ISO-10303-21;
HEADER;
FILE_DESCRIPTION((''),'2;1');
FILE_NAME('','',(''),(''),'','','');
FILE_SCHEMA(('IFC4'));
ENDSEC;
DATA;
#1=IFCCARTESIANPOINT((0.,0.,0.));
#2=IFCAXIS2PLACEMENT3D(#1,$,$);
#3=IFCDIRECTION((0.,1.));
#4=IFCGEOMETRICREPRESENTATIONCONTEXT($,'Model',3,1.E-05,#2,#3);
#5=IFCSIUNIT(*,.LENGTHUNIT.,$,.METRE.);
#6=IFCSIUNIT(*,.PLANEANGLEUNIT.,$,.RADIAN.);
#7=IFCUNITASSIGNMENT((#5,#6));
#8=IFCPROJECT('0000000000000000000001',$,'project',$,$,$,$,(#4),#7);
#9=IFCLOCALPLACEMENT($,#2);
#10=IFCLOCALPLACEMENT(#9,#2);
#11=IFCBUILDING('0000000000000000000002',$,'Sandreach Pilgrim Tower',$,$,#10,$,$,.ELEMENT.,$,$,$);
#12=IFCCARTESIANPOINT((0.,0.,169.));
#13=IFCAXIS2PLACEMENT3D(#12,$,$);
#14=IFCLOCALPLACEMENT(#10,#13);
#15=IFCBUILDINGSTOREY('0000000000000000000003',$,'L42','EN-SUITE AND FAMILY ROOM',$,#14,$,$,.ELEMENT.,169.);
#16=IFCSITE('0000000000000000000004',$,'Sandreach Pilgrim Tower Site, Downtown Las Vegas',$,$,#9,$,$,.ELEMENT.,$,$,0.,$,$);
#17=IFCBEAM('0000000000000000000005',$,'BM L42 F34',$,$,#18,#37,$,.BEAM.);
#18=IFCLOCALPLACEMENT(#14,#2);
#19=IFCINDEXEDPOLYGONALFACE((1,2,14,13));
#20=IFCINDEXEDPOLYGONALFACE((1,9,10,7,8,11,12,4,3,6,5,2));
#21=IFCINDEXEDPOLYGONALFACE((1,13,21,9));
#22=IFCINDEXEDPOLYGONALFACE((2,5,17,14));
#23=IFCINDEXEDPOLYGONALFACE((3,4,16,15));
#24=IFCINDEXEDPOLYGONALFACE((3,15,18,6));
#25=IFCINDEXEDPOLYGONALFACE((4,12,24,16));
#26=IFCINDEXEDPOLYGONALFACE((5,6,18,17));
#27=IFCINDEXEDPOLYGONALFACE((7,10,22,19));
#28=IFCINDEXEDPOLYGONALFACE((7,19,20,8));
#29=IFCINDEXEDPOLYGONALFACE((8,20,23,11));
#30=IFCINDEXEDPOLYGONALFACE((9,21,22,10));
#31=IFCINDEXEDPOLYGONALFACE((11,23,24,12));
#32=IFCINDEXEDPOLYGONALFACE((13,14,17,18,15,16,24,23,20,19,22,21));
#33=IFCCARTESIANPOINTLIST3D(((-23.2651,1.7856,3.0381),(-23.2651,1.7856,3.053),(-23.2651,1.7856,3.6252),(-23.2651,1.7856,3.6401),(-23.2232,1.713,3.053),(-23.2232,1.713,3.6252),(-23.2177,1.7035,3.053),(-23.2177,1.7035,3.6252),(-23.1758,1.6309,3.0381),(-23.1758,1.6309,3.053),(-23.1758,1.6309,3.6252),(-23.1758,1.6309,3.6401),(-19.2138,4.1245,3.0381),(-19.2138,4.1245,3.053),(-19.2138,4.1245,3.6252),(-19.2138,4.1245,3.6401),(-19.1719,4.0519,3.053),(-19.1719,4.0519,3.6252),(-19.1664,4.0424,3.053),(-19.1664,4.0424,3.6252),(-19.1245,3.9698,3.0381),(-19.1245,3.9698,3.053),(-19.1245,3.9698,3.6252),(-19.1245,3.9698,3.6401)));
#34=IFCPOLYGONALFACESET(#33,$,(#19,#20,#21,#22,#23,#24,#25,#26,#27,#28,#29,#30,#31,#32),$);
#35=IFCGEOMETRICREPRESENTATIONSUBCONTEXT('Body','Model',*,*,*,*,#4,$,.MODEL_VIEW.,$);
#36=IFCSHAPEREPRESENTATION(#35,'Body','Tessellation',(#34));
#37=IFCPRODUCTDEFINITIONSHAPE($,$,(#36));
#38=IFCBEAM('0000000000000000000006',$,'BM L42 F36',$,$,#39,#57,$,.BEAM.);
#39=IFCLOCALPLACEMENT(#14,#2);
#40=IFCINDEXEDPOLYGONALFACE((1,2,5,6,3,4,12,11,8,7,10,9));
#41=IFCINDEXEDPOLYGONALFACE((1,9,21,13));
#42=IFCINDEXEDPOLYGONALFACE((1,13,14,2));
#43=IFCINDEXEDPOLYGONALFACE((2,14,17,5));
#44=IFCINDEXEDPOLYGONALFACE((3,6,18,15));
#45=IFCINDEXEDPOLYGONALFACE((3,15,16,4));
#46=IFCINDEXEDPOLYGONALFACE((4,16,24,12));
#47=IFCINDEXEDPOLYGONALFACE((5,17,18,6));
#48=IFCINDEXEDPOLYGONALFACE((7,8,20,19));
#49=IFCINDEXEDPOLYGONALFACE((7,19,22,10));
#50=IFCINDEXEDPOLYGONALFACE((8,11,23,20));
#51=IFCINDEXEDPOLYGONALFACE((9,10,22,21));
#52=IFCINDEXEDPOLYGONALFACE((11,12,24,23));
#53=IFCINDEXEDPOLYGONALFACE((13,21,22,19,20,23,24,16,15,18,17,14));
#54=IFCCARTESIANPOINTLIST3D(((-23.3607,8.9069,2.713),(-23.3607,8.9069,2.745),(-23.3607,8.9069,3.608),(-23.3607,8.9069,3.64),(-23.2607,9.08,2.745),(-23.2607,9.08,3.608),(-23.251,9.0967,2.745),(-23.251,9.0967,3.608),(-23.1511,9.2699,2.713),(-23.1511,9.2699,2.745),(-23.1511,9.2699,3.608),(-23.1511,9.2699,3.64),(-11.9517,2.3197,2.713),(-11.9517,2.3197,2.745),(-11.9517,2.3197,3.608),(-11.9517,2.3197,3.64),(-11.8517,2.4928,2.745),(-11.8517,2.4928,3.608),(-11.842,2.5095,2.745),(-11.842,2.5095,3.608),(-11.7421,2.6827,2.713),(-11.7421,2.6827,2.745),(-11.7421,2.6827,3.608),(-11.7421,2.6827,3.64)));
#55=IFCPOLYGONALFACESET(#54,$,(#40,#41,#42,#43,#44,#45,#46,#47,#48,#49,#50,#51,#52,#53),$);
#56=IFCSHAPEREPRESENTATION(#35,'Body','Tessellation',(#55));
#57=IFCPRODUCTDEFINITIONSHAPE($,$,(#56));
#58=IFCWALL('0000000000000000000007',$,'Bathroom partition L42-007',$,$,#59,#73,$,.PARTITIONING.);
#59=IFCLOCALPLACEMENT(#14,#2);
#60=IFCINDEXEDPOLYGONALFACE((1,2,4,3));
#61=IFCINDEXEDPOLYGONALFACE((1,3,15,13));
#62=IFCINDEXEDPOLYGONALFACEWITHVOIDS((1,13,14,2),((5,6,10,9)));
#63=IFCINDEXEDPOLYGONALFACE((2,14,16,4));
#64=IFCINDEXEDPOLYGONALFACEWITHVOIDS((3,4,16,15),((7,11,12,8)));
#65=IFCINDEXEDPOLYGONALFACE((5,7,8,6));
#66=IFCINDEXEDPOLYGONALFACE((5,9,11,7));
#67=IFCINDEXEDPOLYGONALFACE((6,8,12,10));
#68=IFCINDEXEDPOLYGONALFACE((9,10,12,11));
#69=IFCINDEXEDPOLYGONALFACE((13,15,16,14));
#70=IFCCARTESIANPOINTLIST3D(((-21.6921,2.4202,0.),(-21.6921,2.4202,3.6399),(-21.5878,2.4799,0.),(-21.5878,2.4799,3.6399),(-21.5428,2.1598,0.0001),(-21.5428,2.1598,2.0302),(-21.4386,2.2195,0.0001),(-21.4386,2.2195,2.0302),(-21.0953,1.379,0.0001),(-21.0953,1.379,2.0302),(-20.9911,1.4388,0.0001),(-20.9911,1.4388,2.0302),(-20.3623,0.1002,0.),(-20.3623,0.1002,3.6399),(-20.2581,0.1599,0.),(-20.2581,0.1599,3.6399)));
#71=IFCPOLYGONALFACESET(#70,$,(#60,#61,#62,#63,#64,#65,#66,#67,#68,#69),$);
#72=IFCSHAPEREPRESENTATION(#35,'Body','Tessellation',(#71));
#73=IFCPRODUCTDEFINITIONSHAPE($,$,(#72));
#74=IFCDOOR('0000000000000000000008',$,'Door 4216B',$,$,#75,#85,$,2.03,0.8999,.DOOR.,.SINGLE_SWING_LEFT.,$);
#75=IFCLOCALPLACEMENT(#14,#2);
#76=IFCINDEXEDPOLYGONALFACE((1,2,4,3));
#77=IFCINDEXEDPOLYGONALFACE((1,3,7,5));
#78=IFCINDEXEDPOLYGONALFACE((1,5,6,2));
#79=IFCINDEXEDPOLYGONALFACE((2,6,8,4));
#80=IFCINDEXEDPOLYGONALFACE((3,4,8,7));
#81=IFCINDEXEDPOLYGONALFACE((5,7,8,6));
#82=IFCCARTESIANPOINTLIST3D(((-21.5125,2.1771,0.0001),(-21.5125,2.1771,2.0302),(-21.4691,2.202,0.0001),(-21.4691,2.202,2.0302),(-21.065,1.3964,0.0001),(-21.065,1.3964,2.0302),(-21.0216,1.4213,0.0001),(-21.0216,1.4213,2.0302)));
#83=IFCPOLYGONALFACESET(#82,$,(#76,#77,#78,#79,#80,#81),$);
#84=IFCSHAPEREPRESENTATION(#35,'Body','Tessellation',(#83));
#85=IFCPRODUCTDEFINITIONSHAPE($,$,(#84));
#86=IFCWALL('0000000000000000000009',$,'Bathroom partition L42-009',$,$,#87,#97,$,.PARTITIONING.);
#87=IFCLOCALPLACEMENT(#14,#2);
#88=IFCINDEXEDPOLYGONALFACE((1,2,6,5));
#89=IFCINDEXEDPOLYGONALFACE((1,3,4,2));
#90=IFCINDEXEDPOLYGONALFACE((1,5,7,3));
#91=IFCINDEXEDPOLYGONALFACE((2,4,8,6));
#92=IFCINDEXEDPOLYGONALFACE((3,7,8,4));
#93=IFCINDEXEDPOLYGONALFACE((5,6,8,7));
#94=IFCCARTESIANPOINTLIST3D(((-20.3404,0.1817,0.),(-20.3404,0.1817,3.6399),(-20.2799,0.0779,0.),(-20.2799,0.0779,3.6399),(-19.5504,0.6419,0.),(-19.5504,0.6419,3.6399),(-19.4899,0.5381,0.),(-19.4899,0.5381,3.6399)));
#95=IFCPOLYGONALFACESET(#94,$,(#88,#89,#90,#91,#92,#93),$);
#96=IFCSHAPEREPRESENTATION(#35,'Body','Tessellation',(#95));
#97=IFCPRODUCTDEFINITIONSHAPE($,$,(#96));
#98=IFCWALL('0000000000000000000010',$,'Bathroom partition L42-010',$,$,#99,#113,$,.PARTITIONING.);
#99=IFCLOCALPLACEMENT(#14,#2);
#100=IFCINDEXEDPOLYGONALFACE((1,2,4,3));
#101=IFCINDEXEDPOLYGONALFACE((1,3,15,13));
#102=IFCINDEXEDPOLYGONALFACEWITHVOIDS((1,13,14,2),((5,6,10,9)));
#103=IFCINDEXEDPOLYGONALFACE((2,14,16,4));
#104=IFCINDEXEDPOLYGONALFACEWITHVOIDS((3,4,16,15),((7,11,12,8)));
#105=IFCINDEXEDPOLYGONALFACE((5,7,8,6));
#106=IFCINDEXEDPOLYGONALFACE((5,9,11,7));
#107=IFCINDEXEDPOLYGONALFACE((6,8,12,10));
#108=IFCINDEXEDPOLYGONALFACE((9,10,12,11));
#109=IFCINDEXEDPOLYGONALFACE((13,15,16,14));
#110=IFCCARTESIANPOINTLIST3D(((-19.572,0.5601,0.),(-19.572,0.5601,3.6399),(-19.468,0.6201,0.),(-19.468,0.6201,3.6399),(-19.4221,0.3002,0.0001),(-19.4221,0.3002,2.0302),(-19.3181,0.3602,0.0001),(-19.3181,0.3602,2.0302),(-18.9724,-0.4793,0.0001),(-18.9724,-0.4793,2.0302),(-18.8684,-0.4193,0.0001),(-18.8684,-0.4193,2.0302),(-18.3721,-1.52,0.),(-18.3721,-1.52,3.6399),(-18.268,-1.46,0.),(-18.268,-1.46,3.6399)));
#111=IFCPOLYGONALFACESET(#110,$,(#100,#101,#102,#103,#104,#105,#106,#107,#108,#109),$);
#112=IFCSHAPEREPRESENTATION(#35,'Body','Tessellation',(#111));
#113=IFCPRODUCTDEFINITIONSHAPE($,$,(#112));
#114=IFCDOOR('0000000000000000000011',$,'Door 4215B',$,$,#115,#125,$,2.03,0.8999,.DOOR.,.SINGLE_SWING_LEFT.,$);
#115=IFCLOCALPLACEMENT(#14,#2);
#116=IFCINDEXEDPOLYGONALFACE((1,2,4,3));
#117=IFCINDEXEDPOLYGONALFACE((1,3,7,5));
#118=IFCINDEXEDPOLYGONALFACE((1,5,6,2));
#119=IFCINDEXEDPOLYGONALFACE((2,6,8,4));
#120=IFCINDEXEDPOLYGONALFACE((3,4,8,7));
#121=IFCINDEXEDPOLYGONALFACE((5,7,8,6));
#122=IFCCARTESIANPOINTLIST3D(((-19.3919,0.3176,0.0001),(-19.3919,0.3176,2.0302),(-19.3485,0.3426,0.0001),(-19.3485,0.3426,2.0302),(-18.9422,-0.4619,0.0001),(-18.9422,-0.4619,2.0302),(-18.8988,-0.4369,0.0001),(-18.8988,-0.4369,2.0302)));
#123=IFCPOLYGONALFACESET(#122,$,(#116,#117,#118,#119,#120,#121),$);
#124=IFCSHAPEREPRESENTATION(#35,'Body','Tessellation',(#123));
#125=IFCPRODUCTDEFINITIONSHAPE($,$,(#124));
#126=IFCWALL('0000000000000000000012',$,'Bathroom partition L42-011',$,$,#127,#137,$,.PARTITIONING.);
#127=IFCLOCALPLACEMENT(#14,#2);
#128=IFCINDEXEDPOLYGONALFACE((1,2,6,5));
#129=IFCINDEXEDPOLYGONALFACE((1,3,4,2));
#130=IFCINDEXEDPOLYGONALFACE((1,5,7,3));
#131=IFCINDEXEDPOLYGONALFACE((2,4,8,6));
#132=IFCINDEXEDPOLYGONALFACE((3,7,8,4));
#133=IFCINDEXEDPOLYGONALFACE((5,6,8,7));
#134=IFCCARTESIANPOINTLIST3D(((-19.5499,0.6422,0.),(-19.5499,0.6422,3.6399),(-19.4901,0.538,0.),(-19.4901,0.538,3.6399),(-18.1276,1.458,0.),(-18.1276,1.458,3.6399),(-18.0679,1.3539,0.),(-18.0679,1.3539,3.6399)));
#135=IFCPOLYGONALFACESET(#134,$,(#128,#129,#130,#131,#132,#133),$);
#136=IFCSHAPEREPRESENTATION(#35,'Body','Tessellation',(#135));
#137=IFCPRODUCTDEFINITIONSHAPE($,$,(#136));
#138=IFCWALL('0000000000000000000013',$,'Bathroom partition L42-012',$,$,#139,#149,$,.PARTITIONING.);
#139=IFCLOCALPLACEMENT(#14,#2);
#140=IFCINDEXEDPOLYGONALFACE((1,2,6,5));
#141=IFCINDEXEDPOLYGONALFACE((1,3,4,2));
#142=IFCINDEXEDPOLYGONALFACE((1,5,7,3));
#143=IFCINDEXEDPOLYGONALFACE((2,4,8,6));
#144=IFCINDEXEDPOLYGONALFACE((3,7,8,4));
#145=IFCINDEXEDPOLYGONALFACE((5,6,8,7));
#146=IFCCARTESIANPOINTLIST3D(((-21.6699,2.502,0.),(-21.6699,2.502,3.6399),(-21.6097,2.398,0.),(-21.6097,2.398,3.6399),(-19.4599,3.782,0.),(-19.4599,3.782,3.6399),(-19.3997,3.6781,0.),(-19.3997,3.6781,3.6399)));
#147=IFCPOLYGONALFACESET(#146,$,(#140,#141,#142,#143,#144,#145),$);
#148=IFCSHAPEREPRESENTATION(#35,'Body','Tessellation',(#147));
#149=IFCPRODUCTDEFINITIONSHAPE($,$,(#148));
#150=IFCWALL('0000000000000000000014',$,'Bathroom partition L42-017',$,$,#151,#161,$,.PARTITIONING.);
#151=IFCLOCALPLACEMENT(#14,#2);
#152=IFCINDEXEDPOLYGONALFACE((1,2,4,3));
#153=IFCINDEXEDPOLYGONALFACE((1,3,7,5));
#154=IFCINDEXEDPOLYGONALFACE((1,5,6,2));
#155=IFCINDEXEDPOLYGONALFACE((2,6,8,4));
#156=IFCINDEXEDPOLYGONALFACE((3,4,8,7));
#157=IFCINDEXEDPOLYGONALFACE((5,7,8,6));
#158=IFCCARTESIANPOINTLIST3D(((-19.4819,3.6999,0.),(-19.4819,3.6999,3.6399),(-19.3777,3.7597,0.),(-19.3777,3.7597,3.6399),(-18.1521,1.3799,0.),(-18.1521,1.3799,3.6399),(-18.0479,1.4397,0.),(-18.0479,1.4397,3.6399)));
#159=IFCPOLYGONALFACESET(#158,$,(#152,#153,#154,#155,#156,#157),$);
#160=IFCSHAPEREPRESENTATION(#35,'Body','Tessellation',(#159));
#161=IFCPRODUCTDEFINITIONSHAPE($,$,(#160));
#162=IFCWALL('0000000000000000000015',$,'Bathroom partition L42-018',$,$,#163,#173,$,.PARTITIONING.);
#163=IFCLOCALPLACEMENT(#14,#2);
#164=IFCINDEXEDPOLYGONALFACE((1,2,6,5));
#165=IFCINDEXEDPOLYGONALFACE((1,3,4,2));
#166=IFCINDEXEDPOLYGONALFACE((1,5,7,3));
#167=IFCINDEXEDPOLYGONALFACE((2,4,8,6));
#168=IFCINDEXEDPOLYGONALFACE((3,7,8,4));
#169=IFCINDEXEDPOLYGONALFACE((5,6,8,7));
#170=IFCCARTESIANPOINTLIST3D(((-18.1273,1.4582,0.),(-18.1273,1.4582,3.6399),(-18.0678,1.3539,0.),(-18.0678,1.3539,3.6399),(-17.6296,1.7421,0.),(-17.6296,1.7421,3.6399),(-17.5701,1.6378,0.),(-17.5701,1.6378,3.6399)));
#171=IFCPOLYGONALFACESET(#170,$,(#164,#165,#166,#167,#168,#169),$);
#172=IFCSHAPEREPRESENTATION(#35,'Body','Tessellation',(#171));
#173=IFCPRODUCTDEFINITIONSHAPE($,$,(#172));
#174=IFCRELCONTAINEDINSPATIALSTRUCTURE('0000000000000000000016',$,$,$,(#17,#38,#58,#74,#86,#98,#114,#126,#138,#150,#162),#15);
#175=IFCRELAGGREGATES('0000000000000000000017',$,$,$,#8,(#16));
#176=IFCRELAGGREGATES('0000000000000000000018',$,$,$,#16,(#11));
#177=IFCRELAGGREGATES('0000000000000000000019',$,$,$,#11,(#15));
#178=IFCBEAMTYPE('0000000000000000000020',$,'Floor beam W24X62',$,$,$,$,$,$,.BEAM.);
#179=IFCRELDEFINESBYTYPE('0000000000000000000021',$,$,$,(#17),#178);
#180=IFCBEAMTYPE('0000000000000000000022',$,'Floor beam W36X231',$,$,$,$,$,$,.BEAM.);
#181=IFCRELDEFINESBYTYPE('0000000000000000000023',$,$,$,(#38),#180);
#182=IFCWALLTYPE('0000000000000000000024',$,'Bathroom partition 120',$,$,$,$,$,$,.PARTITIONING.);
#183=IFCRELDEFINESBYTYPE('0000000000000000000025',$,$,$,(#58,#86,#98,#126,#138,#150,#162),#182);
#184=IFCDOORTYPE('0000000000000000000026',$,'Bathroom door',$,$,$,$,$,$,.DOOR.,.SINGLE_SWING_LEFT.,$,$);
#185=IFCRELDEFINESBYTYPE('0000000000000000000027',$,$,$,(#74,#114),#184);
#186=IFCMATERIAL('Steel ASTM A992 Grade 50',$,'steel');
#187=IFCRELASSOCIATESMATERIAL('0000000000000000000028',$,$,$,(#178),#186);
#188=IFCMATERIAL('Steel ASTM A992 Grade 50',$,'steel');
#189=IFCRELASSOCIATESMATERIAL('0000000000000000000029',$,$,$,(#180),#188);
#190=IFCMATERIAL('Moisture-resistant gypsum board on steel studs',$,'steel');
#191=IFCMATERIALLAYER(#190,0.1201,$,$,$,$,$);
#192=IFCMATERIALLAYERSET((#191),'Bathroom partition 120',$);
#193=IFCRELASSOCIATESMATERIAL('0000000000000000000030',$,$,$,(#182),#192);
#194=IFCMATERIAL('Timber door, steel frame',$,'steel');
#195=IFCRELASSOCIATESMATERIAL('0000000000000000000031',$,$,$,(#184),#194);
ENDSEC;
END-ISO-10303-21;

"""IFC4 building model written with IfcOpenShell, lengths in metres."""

from ifc_helpers import new_model, si_unit, direction, frame, frame_2d, origin, origin_2d, place, context, subcontext, project, spatial, rectangle, i_section, extrude, material, layer, layer_set, material_profile, profile_set, type_object, element, fill, save


model = new_model("IFC4")

# Units and contexts
model_context = context("Model", 3, precision=1e-05, world=origin(), true_north=direction((0.0, 1.0)))
body_context = subcontext(model_context, "Body", "Model", "MODEL_VIEW")
ifc_project = project(units=[si_unit("LENGTHUNIT", "METRE"), si_unit("PLANEANGLEUNIT", "RADIAN")], contexts=[model_context])

# Site, building, storey
site_placement = place(None, origin())
site = spatial("IfcSite", under=ifc_project, at=site_placement, Name="Sandreach Pilgrim Tower Site, Downtown Las Vegas", CompositionType="ELEMENT", RefElevation=0.0)
building_placement = place(site_placement, origin())
building = spatial("IfcBuilding", under=site, at=building_placement, Name="Sandreach Pilgrim Tower", CompositionType="ELEMENT")
storey_placement = place(building_placement, frame((0.0, 0.0, 169.0)))
storey = spatial("IfcBuildingStorey", under=building, at=storey_placement, Name="L42", Description="EN-SUITE AND FAMILY ROOM", CompositionType="ELEMENT", Elevation=169.0)

# Beams
ifc_material_1 = material(Name="Steel ASTM A992 Grade 50", Category="steel")
ifc_material_profile_1 = material_profile(ifc_material_1, i_section(OverallWidth=0.1787, OverallDepth=0.6021, WebThickness=0.011, FlangeThickness=0.0149, at=origin_2d()), Name="W24X62")
ifc_profile_set_1 = profile_set([ifc_material_profile_1], Name="Steel ASTM A992 Grade 50")
beam_type_1 = type_object("IfcBeamType", Name="Floor beam W24X62", PredefinedType="BEAM", material=ifc_profile_set_1)
beam_1_placement = place(storey_placement, frame((-23.2205, 1.7083, 3.3391), z_axis=(0.866038, 0.499978, 0.0), x_axis=(-0.499978, 0.866038, 0.0)))
element("IfcBeam", 1, at=beam_1_placement, inside=storey, type_object=beam_type_1, Name="BM L42 F34", PredefinedType="BEAM", context=body_context, shape_type="SweptSolid", body=[
    extrude(i_section(OverallWidth=0.1787, OverallDepth=0.6021, WebThickness=0.011, FlangeThickness=0.0149, at=origin_2d()), origin(), (0.0, 0.0, 1.0), 4.678),
])
ifc_material_2 = material(Name="Steel ASTM A992 Grade 50", Category="steel")
ifc_material_profile_2 = material_profile(ifc_material_2, i_section(OverallWidth=0.4192, OverallDepth=0.927, WebThickness=0.0193, FlangeThickness=0.032, at=origin_2d()), Name="W36X231")
ifc_profile_set_2 = profile_set([ifc_material_profile_2], Name="Steel ASTM A992 Grade 50")
beam_type_2 = type_object("IfcBeamType", Name="Floor beam W36X231", PredefinedType="BEAM", material=ifc_profile_set_2)
beam_2_placement = place(storey_placement, frame((-23.2559, 9.0884, 3.1765), z_axis=(0.866019, -0.500012, 0.0), x_axis=(0.500012, 0.866019, 0.0)))
element("IfcBeam", 2, at=beam_2_placement, inside=storey, type_object=beam_type_2, Name="BM L42 F36", PredefinedType="BEAM", context=body_context, shape_type="SweptSolid", body=[
    extrude(i_section(OverallWidth=0.4192, OverallDepth=0.927, WebThickness=0.0193, FlangeThickness=0.032, at=origin_2d()), origin(), (0.0, 0.0, 1.0), 13.1741),
])

# Wall, opening, door
ifc_material_3 = material(Name="Moisture-resistant gypsum board on steel studs", Category="steel")
ifc_layer_1 = layer(ifc_material_3, 0.1201)
ifc_layer_set_1 = layer_set([ifc_layer_1], Name="Bathroom partition 120")
wall_type_1 = type_object("IfcWallType", Name="Bathroom partition 120", PredefinedType="PARTITIONING", material=ifc_layer_set_1)
wall_1_placement = place(storey_placement, frame((-21.6399, 2.45, 0.0), z_axis=(0.0, 0.0, 1.0), x_axis=(0.497289, -0.867585, 0.0)))
wall_1 = element("IfcWall", 3, at=wall_1_placement, inside=storey, type_object=wall_type_1, Name="Bathroom partition L42-007", PredefinedType="PARTITIONING", context=body_context, shape_type="SweptSolid", body=[
    extrude(rectangle(XDim=2.6741, YDim=0.1201, at=frame_2d((1.3369, 0.0))), origin(), (0.0, 0.0, 1.0), 3.6399),
])
opening_1_placement = place(wall_1_placement, frame((0.3, 0.0, 0.0)))
opening_1 = element("IfcOpeningElement", 4, at=opening_1_placement, cuts=wall_1, PredefinedType="OPENING", context=body_context, shape_type="SweptSolid", body=[
    extrude(rectangle(XDim=0.8999, YDim=2.03, at=frame_2d((0.45, 1.0151))), frame((0.0, 0.0601, 0.0), z_axis=(0.0, -1.0, 0.0), x_axis=(1.0, 0.0, 0.0)), (0.0, 0.0, 1.0), 0.1201),
])
ifc_material_4 = material(Name="Timber door, steel frame", Category="steel")
door_type_1 = type_object("IfcDoorType", Name="Bathroom door", OperationType="SINGLE_SWING_LEFT", PredefinedType="DOOR", material=ifc_material_4)
door_1_placement = place(opening_1_placement, origin())
door_1 = element("IfcDoor", 5, at=door_1_placement, inside=storey, type_object=door_type_1, Name="Door 4216B", OperationType="SINGLE_SWING_LEFT", OverallHeight=2.03, OverallWidth=0.8999, PredefinedType="DOOR", context=body_context, shape_type="SweptSolid", body=[
    extrude(rectangle(XDim=0.8999, YDim=2.03, at=frame_2d((0.45, 1.0151))), frame((0.0, 0.0249, 0.0), z_axis=(0.0, -1.0, 0.0), x_axis=(1.0, 0.0, 0.0)), (0.0, 0.0, 1.0), 0.05),
])
fill(opening_1, door_1)

# Wall
wall_2_placement = place(storey_placement, frame((-20.3101, 0.1299, 0.0), z_axis=(0.0, 0.0, 1.0), x_axis=(0.864089, 0.50334, 0.0)))
element("IfcWall", 6, at=wall_2_placement, inside=storey, type_object=wall_type_1, Name="Bathroom partition L42-009", PredefinedType="PARTITIONING", context=body_context, shape_type="SweptSolid", body=[
    extrude(rectangle(XDim=0.9143, YDim=0.1201, at=frame_2d((0.457, 0.0))), origin(), (0.0, 0.0, 1.0), 3.6399),
])

# Wall, opening, door
wall_3_placement = place(storey_placement, frame((-19.52, 0.5901, 0.0), z_axis=(0.0, 0.0, 1.0), x_axis=(0.499693, -0.866203, 0.0)))
wall_3 = element("IfcWall", 7, at=wall_3_placement, inside=storey, type_object=wall_type_1, Name="Bathroom partition L42-010", PredefinedType="PARTITIONING", context=body_context, shape_type="SweptSolid", body=[
    extrude(rectangle(XDim=2.4014, YDim=0.1201, at=frame_2d((1.2007, 0.0))), origin(), (0.0, 0.0, 1.0), 3.6399),
])
opening_2_placement = place(wall_3_placement, frame((0.3, 0.0, 0.0)))
opening_2 = element("IfcOpeningElement", 8, at=opening_2_placement, cuts=wall_3, PredefinedType="OPENING", context=body_context, shape_type="SweptSolid", body=[
    extrude(rectangle(XDim=0.8999, YDim=2.03, at=frame_2d((0.45, 1.0151))), frame((0.0, 0.0601, 0.0), z_axis=(0.0, -1.0, 0.0), x_axis=(1.0, 0.0, 0.0)), (0.0, 0.0, 1.0), 0.1201),
])
door_2_placement = place(opening_2_placement, origin())
door_2 = element("IfcDoor", 9, at=door_2_placement, inside=storey, type_object=door_type_1, Name="Door 4215B", OperationType="SINGLE_SWING_LEFT", OverallHeight=2.03, OverallWidth=0.8999, PredefinedType="DOOR", context=body_context, shape_type="SweptSolid", body=[
    extrude(rectangle(XDim=0.8999, YDim=2.03, at=frame_2d((0.45, 1.0151))), frame((0.0, 0.0249, 0.0), z_axis=(0.0, -1.0, 0.0), x_axis=(1.0, 0.0, 0.0)), (0.0, 0.0, 1.0), 0.05),
])
fill(opening_2, door_2)

# Walls
wall_4_placement = place(storey_placement, frame((-19.52, 0.5901, 0.0), z_axis=(0.0, 0.0, 1.0), x_axis=(0.867417, 0.497581, 0.0)))
element("IfcWall", 10, at=wall_4_placement, inside=storey, type_object=wall_type_1, Name="Bathroom partition L42-011", PredefinedType="PARTITIONING", context=body_context, shape_type="SweptSolid", body=[
    extrude(rectangle(XDim=1.6396, YDim=0.1201, at=frame_2d((0.8198, 0.0))), origin(), (0.0, 0.0, 1.0), 3.6399),
])
wall_5_placement = place(storey_placement, frame((-19.4299, 3.73, 0.0), z_axis=(0.0, 0.0, 1.0), x_axis=(-0.865328, -0.501206, 0.0)))
element("IfcWall", 11, at=wall_5_placement, inside=storey, type_object=wall_type_1, Name="Bathroom partition L42-012", PredefinedType="PARTITIONING", context=body_context, shape_type="SweptSolid", body=[
    extrude(rectangle(XDim=2.554, YDim=0.1201, at=frame_2d((1.2769, 0.0))), origin(), (0.0, 0.0, 1.0), 3.6399),
])
wall_6_placement = place(storey_placement, frame((-18.1001, 1.4099, 0.0), z_axis=(0.0, 0.0, 1.0), x_axis=(-0.497289, 0.867585, 0.0)))
element("IfcWall", 12, at=wall_6_placement, inside=storey, type_object=wall_type_1, Name="Bathroom partition L42-017", PredefinedType="PARTITIONING", context=body_context, shape_type="SweptSolid", body=[
    extrude(rectangle(XDim=2.6741, YDim=0.1201, at=frame_2d((1.3369, 0.0))), origin(), (0.0, 0.0, 1.0), 3.6399),
])
wall_7_placement = place(storey_placement, frame((-18.0977, 1.406, 0.0), z_axis=(0.0, 0.0, 1.0), x_axis=(0.868636, 0.495451, 0.0)))
element("IfcWall", 13, at=wall_7_placement, inside=storey, type_object=wall_type_1, Name="Bathroom partition L42-018", PredefinedType="PARTITIONING", context=body_context, shape_type="SweptSolid", body=[
    extrude(rectangle(XDim=0.573, YDim=0.1201, at=frame_2d((0.2866, 0.0))), origin(), (0.0, 0.0, 1.0), 3.6399),
])

save(model, "model.ifc")
